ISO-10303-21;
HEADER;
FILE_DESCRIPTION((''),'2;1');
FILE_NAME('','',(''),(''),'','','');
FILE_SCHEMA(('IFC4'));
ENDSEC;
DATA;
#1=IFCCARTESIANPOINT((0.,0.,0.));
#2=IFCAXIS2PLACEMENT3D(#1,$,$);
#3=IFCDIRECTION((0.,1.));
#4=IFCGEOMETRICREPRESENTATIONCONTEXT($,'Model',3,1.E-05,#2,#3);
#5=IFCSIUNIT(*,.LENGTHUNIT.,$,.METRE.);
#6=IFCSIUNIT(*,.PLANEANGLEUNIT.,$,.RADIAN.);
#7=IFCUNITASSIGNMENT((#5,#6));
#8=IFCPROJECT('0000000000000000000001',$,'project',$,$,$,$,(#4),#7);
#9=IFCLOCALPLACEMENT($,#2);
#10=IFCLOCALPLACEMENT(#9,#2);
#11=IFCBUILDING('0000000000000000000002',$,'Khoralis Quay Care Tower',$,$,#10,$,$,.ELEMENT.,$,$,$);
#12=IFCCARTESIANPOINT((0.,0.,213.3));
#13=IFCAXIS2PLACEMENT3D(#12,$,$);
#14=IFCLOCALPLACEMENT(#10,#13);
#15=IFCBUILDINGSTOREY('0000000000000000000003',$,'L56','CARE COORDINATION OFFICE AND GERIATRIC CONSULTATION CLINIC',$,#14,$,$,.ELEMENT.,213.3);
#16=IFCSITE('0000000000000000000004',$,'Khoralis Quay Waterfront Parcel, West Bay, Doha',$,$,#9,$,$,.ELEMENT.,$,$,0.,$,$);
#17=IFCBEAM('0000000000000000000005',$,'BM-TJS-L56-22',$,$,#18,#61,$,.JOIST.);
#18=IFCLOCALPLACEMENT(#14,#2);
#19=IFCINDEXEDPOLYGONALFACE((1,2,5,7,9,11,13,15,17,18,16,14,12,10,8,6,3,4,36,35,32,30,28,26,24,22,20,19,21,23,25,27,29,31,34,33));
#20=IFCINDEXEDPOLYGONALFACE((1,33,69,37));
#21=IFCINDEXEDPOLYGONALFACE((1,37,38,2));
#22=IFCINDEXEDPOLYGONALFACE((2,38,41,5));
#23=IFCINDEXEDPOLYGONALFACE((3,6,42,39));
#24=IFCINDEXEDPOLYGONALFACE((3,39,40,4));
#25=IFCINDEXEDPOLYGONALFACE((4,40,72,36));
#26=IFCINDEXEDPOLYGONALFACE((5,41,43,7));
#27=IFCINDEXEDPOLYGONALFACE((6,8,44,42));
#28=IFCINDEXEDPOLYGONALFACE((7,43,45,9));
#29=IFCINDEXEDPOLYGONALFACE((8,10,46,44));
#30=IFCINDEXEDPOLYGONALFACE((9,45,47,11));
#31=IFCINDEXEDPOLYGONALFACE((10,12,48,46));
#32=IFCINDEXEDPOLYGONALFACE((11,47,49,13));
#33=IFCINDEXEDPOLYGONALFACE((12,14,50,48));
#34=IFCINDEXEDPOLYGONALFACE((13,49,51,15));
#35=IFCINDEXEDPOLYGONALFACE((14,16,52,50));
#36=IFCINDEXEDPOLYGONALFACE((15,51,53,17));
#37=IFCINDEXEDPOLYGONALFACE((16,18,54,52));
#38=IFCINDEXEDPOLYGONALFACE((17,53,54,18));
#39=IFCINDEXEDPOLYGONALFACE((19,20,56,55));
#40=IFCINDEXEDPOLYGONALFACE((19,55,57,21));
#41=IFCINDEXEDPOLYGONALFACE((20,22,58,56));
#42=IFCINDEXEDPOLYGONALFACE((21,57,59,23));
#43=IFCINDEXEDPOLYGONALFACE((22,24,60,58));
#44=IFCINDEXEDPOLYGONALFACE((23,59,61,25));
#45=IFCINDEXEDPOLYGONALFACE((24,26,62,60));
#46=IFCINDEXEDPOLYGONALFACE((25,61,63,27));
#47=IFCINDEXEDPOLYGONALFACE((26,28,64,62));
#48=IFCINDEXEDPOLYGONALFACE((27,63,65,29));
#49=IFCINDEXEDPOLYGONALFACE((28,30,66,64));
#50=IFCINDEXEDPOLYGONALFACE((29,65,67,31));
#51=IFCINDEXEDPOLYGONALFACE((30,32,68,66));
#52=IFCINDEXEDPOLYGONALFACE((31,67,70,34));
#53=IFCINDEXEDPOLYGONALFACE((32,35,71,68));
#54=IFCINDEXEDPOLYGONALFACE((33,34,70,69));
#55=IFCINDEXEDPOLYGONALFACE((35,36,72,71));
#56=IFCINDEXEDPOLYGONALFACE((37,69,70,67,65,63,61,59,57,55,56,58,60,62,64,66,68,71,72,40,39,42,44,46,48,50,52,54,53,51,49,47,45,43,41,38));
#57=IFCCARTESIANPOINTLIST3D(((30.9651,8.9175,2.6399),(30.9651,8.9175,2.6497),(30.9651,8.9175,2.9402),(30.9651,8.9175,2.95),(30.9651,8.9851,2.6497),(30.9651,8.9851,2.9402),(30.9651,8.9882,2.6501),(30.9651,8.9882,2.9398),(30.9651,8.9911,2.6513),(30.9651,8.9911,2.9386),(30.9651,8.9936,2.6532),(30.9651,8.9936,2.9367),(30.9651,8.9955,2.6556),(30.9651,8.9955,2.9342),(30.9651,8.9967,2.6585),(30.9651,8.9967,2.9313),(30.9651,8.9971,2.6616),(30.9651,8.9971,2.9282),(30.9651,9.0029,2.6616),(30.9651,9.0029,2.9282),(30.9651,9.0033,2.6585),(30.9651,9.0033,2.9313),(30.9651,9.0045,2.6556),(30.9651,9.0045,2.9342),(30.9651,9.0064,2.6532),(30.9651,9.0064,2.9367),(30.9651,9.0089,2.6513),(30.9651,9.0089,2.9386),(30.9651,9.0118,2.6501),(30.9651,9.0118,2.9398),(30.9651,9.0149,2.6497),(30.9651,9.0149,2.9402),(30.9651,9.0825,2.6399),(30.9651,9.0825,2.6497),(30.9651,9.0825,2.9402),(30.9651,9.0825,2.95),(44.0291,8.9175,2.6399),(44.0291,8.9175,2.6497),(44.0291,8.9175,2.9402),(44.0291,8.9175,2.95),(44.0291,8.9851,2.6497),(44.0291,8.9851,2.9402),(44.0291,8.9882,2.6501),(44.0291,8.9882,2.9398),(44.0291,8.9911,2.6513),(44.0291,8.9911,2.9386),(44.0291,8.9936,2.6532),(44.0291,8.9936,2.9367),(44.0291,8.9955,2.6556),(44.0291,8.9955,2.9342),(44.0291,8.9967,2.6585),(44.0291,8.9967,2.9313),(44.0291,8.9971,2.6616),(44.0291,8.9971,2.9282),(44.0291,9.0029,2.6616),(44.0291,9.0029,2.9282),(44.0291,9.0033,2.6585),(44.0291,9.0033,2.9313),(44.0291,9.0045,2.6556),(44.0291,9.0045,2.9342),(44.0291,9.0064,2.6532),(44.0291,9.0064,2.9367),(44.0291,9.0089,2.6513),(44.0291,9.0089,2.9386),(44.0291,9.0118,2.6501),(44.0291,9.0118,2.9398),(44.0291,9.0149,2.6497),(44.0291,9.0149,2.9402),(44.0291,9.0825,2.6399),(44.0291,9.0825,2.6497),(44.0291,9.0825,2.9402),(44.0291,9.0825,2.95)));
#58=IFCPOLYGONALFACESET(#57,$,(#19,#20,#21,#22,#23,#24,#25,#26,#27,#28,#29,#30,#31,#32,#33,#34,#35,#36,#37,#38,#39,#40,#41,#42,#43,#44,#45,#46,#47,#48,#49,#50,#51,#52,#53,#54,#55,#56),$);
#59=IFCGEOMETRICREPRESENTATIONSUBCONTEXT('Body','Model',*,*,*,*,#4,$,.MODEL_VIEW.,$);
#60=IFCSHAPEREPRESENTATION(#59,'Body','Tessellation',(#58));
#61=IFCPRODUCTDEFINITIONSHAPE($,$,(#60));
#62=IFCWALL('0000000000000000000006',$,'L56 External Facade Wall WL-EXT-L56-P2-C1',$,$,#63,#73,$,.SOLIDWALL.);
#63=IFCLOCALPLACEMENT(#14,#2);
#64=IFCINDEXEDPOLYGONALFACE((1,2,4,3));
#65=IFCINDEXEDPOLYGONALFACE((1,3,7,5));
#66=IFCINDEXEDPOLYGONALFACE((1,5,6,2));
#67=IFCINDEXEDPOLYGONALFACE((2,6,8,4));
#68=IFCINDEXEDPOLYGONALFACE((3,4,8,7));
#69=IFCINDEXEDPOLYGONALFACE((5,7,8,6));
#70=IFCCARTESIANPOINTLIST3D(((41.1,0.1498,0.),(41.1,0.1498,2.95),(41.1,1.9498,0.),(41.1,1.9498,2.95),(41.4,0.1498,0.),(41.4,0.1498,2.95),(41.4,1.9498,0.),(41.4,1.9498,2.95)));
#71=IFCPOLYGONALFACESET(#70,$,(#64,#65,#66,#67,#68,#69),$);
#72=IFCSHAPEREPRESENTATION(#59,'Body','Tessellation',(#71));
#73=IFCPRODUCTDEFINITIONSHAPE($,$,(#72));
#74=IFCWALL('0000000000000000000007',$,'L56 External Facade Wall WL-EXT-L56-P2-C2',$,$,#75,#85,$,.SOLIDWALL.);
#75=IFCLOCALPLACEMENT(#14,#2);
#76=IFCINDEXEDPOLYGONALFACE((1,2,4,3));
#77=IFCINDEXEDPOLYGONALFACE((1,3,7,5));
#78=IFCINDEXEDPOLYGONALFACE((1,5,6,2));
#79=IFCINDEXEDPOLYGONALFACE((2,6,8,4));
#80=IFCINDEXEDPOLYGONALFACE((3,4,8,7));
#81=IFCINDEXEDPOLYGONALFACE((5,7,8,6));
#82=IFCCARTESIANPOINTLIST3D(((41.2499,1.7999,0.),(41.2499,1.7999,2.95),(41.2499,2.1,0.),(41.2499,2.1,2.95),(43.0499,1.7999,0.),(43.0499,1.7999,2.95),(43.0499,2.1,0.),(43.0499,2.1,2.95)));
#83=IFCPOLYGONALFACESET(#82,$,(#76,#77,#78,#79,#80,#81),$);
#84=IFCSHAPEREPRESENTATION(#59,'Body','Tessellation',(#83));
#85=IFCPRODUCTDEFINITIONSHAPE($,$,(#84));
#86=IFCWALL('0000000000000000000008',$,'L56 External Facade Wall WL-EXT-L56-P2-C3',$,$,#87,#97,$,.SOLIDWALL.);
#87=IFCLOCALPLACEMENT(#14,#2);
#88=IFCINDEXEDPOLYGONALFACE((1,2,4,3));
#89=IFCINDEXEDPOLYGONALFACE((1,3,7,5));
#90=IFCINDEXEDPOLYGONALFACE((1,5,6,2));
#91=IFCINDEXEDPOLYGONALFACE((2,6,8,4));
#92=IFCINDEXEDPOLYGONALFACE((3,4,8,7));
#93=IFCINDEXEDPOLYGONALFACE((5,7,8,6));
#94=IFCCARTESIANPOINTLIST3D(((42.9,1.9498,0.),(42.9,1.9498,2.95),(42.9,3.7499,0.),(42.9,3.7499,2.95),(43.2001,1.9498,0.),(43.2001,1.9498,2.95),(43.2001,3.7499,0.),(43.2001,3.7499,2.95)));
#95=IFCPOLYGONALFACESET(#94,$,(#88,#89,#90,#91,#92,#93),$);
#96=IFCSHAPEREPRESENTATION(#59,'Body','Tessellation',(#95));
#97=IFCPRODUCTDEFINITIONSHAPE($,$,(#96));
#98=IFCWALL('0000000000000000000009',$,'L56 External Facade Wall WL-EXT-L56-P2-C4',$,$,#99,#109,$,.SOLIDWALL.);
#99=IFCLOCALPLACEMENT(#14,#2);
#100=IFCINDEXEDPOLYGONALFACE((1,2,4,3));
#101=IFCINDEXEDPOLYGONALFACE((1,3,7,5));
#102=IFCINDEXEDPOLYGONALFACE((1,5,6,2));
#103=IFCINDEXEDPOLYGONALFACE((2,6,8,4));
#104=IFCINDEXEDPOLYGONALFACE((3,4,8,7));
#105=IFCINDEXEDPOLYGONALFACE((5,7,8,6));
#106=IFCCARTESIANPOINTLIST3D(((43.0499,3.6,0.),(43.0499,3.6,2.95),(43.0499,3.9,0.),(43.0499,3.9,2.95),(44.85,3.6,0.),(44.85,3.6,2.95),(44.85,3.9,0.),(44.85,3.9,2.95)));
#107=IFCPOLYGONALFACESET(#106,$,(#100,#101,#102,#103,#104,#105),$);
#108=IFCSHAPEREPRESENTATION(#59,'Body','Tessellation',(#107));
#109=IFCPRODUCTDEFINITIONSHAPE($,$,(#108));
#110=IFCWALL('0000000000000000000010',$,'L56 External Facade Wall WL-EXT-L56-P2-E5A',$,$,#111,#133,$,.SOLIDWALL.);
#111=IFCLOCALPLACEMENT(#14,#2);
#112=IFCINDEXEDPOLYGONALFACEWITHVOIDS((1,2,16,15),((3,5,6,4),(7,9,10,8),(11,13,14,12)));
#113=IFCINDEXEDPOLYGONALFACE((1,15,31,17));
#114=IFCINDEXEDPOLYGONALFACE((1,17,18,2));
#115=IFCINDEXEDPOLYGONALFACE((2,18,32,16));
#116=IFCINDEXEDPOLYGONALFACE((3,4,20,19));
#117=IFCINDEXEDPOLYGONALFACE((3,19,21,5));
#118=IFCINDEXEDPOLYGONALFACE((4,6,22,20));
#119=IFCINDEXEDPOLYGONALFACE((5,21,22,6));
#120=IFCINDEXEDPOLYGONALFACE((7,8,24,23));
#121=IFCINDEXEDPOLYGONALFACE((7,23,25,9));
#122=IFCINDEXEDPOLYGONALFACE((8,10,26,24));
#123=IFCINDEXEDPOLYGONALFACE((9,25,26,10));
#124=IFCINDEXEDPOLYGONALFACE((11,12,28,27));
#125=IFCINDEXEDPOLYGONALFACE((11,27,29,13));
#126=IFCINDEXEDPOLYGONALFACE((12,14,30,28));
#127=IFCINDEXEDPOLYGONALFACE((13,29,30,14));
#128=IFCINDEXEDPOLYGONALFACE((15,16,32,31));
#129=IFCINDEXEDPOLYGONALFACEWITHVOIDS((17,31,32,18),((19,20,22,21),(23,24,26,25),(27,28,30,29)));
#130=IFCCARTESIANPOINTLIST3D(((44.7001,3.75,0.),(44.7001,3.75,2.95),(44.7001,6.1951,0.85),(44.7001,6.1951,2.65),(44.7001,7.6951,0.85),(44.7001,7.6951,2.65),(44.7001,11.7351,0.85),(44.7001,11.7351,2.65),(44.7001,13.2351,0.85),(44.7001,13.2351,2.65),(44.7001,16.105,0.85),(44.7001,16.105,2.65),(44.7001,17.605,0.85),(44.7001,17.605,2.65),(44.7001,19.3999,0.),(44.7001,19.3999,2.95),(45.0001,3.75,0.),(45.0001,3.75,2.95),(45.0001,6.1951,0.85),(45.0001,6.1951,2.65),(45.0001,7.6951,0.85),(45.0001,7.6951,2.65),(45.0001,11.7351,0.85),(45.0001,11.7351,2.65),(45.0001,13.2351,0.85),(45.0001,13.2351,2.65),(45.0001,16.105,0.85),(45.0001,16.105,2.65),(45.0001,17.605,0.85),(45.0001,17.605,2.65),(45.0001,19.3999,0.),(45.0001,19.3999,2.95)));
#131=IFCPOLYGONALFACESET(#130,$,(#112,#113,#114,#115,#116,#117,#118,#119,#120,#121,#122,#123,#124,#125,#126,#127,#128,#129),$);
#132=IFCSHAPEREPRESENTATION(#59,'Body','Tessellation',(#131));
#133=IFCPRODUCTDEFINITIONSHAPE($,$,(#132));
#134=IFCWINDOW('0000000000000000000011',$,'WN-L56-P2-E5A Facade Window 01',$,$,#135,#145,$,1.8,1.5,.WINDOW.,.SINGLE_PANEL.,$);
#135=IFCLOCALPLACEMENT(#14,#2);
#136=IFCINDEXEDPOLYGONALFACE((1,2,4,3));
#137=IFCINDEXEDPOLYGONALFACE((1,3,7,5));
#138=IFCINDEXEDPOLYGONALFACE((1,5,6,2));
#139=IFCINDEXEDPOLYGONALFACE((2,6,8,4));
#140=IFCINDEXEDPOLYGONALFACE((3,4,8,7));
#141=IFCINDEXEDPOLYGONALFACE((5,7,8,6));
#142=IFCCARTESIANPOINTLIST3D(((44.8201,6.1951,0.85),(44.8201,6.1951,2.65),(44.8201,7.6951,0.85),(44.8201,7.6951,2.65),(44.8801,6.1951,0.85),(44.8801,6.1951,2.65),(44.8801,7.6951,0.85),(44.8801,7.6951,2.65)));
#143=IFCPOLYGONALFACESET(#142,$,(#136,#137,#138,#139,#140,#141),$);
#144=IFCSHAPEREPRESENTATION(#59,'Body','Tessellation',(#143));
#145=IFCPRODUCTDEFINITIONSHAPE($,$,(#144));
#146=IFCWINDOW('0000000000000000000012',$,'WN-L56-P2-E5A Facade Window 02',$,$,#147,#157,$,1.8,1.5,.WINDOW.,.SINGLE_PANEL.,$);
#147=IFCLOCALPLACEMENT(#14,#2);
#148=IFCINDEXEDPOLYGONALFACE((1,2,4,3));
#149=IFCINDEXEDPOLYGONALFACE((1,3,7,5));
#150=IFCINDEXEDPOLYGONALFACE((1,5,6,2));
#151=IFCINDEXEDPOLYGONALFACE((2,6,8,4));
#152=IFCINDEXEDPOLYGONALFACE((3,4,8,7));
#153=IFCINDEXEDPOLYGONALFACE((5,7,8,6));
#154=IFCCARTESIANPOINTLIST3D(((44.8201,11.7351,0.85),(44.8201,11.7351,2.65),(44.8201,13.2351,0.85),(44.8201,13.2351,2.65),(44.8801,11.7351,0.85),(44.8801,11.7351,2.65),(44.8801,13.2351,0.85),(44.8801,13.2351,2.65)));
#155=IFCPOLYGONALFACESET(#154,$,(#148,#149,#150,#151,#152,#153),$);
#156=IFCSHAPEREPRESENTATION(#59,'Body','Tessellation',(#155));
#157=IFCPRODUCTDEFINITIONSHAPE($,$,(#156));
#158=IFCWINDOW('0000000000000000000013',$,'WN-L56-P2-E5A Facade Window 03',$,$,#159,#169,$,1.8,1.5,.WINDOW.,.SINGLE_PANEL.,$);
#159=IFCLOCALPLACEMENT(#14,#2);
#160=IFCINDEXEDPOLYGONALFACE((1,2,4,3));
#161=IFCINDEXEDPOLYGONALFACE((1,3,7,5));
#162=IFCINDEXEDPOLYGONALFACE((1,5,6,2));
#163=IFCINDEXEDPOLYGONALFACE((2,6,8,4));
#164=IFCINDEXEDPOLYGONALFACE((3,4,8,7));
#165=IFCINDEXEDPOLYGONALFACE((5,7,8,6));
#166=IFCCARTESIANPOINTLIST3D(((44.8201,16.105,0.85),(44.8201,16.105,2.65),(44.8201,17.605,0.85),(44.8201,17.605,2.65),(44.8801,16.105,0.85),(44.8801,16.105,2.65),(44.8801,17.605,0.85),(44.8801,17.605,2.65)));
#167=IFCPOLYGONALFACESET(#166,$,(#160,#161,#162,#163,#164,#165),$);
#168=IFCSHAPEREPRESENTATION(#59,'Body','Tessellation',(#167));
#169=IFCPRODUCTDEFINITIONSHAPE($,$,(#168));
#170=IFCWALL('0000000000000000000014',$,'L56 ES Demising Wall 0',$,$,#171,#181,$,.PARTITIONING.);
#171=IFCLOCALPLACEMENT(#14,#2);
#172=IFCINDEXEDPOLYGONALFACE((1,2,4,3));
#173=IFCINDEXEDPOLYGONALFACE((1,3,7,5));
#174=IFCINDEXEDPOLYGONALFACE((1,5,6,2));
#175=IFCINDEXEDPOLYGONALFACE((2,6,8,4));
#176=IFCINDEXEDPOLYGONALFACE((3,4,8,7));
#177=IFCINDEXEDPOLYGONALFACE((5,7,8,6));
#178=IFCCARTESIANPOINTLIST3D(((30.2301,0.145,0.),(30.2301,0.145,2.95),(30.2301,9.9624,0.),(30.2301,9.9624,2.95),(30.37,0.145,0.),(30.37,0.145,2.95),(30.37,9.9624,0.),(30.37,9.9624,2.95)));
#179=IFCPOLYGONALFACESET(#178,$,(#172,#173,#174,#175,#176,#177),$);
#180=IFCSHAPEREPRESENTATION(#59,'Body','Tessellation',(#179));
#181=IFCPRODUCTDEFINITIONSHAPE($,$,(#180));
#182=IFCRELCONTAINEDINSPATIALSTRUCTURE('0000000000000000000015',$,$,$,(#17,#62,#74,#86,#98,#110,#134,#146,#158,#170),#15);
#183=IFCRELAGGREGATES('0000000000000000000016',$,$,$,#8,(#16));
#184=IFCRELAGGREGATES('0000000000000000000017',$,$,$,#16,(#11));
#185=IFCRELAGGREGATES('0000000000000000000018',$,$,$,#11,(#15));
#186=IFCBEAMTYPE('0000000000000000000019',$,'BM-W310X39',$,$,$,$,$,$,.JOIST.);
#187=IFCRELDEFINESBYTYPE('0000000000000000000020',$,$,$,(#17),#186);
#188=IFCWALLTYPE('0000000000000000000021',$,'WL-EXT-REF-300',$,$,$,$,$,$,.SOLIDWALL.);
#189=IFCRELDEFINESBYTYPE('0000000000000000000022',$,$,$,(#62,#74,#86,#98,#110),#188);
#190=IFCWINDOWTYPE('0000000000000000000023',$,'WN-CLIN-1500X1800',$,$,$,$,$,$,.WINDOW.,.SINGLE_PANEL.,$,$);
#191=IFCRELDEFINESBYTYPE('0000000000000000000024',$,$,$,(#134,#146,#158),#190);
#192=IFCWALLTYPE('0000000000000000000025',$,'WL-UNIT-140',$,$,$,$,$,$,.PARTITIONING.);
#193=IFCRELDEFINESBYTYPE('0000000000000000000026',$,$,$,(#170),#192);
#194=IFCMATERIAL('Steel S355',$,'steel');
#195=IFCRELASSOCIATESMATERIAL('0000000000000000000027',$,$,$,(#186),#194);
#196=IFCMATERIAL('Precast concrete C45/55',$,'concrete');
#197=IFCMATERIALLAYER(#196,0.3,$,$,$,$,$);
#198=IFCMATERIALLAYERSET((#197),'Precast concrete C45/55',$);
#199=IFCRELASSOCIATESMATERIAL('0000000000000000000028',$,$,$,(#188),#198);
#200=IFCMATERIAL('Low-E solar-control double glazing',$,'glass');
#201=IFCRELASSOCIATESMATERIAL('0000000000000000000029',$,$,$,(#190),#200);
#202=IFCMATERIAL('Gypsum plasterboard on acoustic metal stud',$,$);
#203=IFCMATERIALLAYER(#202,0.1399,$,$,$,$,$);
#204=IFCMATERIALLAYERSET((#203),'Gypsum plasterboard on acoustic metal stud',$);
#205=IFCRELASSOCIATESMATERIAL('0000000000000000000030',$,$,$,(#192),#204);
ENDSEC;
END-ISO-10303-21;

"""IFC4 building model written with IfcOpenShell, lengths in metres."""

from ifc_helpers import new_model, si_unit, direction, frame, frame_2d, origin, origin_2d, place, context, subcontext, project, spatial, rectangle, i_section, extrude, source, transform, mapped, material, layer, layer_set, material_profile, profile_set, type_object, element, fill, save


model = new_model("IFC4")

# Units and contexts
model_context = context("Model", 3, precision=1e-05, world=origin(), true_north=direction((0.0, 1.0)))
body_context = subcontext(model_context, "Body", "Model", "MODEL_VIEW")
ifc_project = project(units=[si_unit("LENGTHUNIT", "METRE"), si_unit("PLANEANGLEUNIT", "RADIAN")], contexts=[model_context])

# Site, building, storey
site_placement = place(None, origin())
site = spatial("IfcSite", under=ifc_project, at=site_placement, Name="Khoralis Quay Waterfront Parcel, West Bay, Doha", CompositionType="ELEMENT", RefElevation=0.0)
building_placement = place(site_placement, origin())
building = spatial("IfcBuilding", under=site, at=building_placement, Name="Khoralis Quay Care Tower", CompositionType="ELEMENT")
storey_placement = place(building_placement, frame((0.0, 0.0, 213.3)))
storey = spatial("IfcBuildingStorey", under=building, at=storey_placement, Name="L56", Description="CARE COORDINATION OFFICE AND GERIATRIC CONSULTATION CLINIC", CompositionType="ELEMENT", Elevation=213.3)

# Beam
ifc_material_1 = material(Name="Steel S355", Category="steel")
ifc_material_profile_1 = material_profile(ifc_material_1, i_section(OverallWidth=0.165, OverallDepth=0.3101, WebThickness=0.0059, FlangeThickness=0.0098, FilletRadius=0.012, at=origin_2d()), Name="Steel S355")
ifc_profile_set_1 = profile_set([ifc_material_profile_1], Name="Steel S355")
beam_type_1 = type_object("IfcBeamType", Name="BM-W310X39", PredefinedType="JOIST", material=ifc_profile_set_1)
shared_shape_1 = source(origin(), body_context, "Body", "SweptSolid", [
    extrude(i_section(OverallWidth=0.165, OverallDepth=0.3101, WebThickness=0.0059, FlangeThickness=0.0098, FilletRadius=0.012, at=origin_2d()), origin(), (0.0, 0.0, 1.0), 13.064),
])
beam_1_placement = place(storey_placement, frame((30.9651, 9.0, 2.7949), z_axis=(1.0, 0.0, 0.0), x_axis=(0.0, 1.0, 0.0)))
element("IfcBeam", 1, at=beam_1_placement, inside=storey, type_object=beam_type_1, Name="BM-TJS-L56-22", PredefinedType="JOIST", context=body_context, shape_type="MappedRepresentation", body=[
    mapped(shared_shape_1, transform((0.0, 0.0, 0.0), scale=1.0)),
])

# Walls
ifc_material_2 = material(Name="Precast concrete C45/55", Category="concrete")
ifc_layer_1 = layer(ifc_material_2, 0.3)
ifc_layer_set_1 = layer_set([ifc_layer_1], Name="Precast concrete C45/55")
wall_type_1 = type_object("IfcWallType", Name="WL-EXT-REF-300", PredefinedType="SOLIDWALL", material=ifc_layer_set_1)
for number, where, z_axis, x_axis, name in (
    (2, (41.25, 0.1499, 0.0), (0.0, 0.0, 1.0), (0.0, 1.0, 0.0), "L56 External Facade Wall WL-EXT-L56-P2-C1"),
    (3, (41.25, 1.95, 0.0), (0.0, 0.0, 1.0), (1.0, 0.0, 0.0), "L56 External Facade Wall WL-EXT-L56-P2-C2"),
    (4, (43.05, 1.95, 0.0), (0.0, 0.0, 1.0), (0.0, 1.0, 0.0), "L56 External Facade Wall WL-EXT-L56-P2-C3"),
    (5, (43.05, 3.75, 0.0), (0.0, 0.0, 1.0), (1.0, 0.0, 0.0), "L56 External Facade Wall WL-EXT-L56-P2-C4"),
):
    element("IfcWall", number, at=place(storey_placement, frame(where, z_axis=z_axis, x_axis=x_axis)), inside=storey, type_object=wall_type_1, Name=name, PredefinedType="SOLIDWALL", context=body_context, shape_type="SweptSolid", body=[
        extrude(rectangle(XDim=1.8, YDim=0.3, at=frame_2d((0.8999, 0.0))), origin(), (0.0, 0.0, 1.0), 2.95),
    ])

# Wall, openings, windows
wall_1_placement = place(storey_placement, frame((44.8501, 3.75, 0.0), z_axis=(0.0, 0.0, 1.0), x_axis=(0.0, 1.0, 0.0)))
wall_1 = element("IfcWall", 6, at=wall_1_placement, inside=storey, type_object=wall_type_1, Name="L56 External Facade Wall WL-EXT-L56-P2-E5A", PredefinedType="SOLIDWALL", context=body_context, shape_type="SweptSolid", body=[
    extrude(rectangle(XDim=15.6499, YDim=0.3, at=frame_2d((7.825, 0.0))), origin(), (0.0, 0.0, 1.0), 2.95),
])
opening_1_placement = place(wall_1_placement, frame((2.4451, 0.0, 0.8501)))
opening_1 = element("IfcOpeningElement", 7, at=opening_1_placement, cuts=wall_1, PredefinedType="OPENING", context=body_context, shape_type="SweptSolid", body=[
    extrude(rectangle(XDim=1.5, YDim=1.8, at=frame_2d((0.75, 0.8999))), frame((0.0, 0.1602, 0.0), z_axis=(0.0, -1.0, 0.0), x_axis=(1.0, 0.0, 0.0)), (0.0, 0.0, 1.0), 0.3201),
])
opening_2_placement = place(wall_1_placement, frame((7.9851, 0.0, 0.8501)))
opening_2 = element("IfcOpeningElement", 8, at=opening_2_placement, cuts=wall_1, PredefinedType="OPENING", context=body_context, shape_type="SweptSolid", body=[
    extrude(rectangle(XDim=1.5, YDim=1.8, at=frame_2d((0.75, 0.8999))), frame((0.0, 0.1602, 0.0), z_axis=(0.0, -1.0, 0.0), x_axis=(1.0, 0.0, 0.0)), (0.0, 0.0, 1.0), 0.3201),
])
opening_3_placement = place(wall_1_placement, frame((12.355, 0.0, 0.8501)))
opening_3 = element("IfcOpeningElement", 9, at=opening_3_placement, cuts=wall_1, PredefinedType="OPENING", context=body_context, shape_type="SweptSolid", body=[
    extrude(rectangle(XDim=1.5, YDim=1.8, at=frame_2d((0.75, 0.8999))), frame((0.0, 0.1602, 0.0), z_axis=(0.0, -1.0, 0.0), x_axis=(1.0, 0.0, 0.0)), (0.0, 0.0, 1.0), 0.3201),
])
ifc_material_3 = material(Name="Low-E solar-control double glazing", Category="glass")
window_type = type_object("IfcWindowType", Name="WN-CLIN-1500X1800", PartitioningType="SINGLE_PANEL", PredefinedType="WINDOW", material=ifc_material_3)
shared_shape_2 = source(origin(), body_context, "Body", "SweptSolid", [
    extrude(rectangle(XDim=1.5, YDim=1.8, at=frame_2d((0.75, 0.8999))), frame((0.0, 0.03, 0.0), z_axis=(0.0, -1.0, 0.0), x_axis=(1.0, 0.0, 0.0)), (0.0, 0.0, 1.0), 0.0601),
])
window_1_placement = place(opening_1_placement, origin())
window_1 = element("IfcWindow", 10, at=window_1_placement, inside=storey, type_object=window_type, Name="WN-L56-P2-E5A Facade Window 01", OverallHeight=1.8, OverallWidth=1.5, PartitioningType="SINGLE_PANEL", PredefinedType="WINDOW", context=body_context, shape_type="MappedRepresentation", body=[
    mapped(shared_shape_2, transform((0.0, 0.0, 0.0), scale=1.0)),
])
fill(opening_1, window_1)
window_2_placement = place(opening_2_placement, origin())
window_2 = element("IfcWindow", 11, at=window_2_placement, inside=storey, type_object=window_type, Name="WN-L56-P2-E5A Facade Window 02", OverallHeight=1.8, OverallWidth=1.5, PartitioningType="SINGLE_PANEL", PredefinedType="WINDOW", context=body_context, shape_type="MappedRepresentation", body=[
    mapped(shared_shape_2, transform((0.0, 0.0, 0.0), scale=1.0)),
])
fill(opening_2, window_2)
window_3_placement = place(opening_3_placement, origin())
window_3 = element("IfcWindow", 12, at=window_3_placement, inside=storey, type_object=window_type, Name="WN-L56-P2-E5A Facade Window 03", OverallHeight=1.8, OverallWidth=1.5, PartitioningType="SINGLE_PANEL", PredefinedType="WINDOW", context=body_context, shape_type="MappedRepresentation", body=[
    mapped(shared_shape_2, transform((0.0, 0.0, 0.0), scale=1.0)),
])
fill(opening_3, window_3)

# Wall
ifc_material_4 = material(Name="Gypsum plasterboard on acoustic metal stud")
ifc_layer_2 = layer(ifc_material_4, 0.1399)
ifc_layer_set_2 = layer_set([ifc_layer_2], Name="Gypsum plasterboard on acoustic metal stud")
wall_type_2 = type_object("IfcWallType", Name="WL-UNIT-140", PredefinedType="PARTITIONING", material=ifc_layer_set_2)
wall_2_placement = place(storey_placement, frame((30.3, 0.145, 0.0), z_axis=(0.0, 0.0, 1.0), x_axis=(0.0, 1.0, 0.0)))
element("IfcWall", 13, at=wall_2_placement, inside=storey, type_object=wall_type_2, Name="L56 ES Demising Wall 0", PredefinedType="PARTITIONING", context=body_context, shape_type="SweptSolid", body=[
    extrude(rectangle(XDim=9.8174, YDim=0.1399, at=frame_2d((4.9087, 0.0))), origin(), (0.0, 0.0, 1.0), 2.95),
])

save(model, "model.ifc")
